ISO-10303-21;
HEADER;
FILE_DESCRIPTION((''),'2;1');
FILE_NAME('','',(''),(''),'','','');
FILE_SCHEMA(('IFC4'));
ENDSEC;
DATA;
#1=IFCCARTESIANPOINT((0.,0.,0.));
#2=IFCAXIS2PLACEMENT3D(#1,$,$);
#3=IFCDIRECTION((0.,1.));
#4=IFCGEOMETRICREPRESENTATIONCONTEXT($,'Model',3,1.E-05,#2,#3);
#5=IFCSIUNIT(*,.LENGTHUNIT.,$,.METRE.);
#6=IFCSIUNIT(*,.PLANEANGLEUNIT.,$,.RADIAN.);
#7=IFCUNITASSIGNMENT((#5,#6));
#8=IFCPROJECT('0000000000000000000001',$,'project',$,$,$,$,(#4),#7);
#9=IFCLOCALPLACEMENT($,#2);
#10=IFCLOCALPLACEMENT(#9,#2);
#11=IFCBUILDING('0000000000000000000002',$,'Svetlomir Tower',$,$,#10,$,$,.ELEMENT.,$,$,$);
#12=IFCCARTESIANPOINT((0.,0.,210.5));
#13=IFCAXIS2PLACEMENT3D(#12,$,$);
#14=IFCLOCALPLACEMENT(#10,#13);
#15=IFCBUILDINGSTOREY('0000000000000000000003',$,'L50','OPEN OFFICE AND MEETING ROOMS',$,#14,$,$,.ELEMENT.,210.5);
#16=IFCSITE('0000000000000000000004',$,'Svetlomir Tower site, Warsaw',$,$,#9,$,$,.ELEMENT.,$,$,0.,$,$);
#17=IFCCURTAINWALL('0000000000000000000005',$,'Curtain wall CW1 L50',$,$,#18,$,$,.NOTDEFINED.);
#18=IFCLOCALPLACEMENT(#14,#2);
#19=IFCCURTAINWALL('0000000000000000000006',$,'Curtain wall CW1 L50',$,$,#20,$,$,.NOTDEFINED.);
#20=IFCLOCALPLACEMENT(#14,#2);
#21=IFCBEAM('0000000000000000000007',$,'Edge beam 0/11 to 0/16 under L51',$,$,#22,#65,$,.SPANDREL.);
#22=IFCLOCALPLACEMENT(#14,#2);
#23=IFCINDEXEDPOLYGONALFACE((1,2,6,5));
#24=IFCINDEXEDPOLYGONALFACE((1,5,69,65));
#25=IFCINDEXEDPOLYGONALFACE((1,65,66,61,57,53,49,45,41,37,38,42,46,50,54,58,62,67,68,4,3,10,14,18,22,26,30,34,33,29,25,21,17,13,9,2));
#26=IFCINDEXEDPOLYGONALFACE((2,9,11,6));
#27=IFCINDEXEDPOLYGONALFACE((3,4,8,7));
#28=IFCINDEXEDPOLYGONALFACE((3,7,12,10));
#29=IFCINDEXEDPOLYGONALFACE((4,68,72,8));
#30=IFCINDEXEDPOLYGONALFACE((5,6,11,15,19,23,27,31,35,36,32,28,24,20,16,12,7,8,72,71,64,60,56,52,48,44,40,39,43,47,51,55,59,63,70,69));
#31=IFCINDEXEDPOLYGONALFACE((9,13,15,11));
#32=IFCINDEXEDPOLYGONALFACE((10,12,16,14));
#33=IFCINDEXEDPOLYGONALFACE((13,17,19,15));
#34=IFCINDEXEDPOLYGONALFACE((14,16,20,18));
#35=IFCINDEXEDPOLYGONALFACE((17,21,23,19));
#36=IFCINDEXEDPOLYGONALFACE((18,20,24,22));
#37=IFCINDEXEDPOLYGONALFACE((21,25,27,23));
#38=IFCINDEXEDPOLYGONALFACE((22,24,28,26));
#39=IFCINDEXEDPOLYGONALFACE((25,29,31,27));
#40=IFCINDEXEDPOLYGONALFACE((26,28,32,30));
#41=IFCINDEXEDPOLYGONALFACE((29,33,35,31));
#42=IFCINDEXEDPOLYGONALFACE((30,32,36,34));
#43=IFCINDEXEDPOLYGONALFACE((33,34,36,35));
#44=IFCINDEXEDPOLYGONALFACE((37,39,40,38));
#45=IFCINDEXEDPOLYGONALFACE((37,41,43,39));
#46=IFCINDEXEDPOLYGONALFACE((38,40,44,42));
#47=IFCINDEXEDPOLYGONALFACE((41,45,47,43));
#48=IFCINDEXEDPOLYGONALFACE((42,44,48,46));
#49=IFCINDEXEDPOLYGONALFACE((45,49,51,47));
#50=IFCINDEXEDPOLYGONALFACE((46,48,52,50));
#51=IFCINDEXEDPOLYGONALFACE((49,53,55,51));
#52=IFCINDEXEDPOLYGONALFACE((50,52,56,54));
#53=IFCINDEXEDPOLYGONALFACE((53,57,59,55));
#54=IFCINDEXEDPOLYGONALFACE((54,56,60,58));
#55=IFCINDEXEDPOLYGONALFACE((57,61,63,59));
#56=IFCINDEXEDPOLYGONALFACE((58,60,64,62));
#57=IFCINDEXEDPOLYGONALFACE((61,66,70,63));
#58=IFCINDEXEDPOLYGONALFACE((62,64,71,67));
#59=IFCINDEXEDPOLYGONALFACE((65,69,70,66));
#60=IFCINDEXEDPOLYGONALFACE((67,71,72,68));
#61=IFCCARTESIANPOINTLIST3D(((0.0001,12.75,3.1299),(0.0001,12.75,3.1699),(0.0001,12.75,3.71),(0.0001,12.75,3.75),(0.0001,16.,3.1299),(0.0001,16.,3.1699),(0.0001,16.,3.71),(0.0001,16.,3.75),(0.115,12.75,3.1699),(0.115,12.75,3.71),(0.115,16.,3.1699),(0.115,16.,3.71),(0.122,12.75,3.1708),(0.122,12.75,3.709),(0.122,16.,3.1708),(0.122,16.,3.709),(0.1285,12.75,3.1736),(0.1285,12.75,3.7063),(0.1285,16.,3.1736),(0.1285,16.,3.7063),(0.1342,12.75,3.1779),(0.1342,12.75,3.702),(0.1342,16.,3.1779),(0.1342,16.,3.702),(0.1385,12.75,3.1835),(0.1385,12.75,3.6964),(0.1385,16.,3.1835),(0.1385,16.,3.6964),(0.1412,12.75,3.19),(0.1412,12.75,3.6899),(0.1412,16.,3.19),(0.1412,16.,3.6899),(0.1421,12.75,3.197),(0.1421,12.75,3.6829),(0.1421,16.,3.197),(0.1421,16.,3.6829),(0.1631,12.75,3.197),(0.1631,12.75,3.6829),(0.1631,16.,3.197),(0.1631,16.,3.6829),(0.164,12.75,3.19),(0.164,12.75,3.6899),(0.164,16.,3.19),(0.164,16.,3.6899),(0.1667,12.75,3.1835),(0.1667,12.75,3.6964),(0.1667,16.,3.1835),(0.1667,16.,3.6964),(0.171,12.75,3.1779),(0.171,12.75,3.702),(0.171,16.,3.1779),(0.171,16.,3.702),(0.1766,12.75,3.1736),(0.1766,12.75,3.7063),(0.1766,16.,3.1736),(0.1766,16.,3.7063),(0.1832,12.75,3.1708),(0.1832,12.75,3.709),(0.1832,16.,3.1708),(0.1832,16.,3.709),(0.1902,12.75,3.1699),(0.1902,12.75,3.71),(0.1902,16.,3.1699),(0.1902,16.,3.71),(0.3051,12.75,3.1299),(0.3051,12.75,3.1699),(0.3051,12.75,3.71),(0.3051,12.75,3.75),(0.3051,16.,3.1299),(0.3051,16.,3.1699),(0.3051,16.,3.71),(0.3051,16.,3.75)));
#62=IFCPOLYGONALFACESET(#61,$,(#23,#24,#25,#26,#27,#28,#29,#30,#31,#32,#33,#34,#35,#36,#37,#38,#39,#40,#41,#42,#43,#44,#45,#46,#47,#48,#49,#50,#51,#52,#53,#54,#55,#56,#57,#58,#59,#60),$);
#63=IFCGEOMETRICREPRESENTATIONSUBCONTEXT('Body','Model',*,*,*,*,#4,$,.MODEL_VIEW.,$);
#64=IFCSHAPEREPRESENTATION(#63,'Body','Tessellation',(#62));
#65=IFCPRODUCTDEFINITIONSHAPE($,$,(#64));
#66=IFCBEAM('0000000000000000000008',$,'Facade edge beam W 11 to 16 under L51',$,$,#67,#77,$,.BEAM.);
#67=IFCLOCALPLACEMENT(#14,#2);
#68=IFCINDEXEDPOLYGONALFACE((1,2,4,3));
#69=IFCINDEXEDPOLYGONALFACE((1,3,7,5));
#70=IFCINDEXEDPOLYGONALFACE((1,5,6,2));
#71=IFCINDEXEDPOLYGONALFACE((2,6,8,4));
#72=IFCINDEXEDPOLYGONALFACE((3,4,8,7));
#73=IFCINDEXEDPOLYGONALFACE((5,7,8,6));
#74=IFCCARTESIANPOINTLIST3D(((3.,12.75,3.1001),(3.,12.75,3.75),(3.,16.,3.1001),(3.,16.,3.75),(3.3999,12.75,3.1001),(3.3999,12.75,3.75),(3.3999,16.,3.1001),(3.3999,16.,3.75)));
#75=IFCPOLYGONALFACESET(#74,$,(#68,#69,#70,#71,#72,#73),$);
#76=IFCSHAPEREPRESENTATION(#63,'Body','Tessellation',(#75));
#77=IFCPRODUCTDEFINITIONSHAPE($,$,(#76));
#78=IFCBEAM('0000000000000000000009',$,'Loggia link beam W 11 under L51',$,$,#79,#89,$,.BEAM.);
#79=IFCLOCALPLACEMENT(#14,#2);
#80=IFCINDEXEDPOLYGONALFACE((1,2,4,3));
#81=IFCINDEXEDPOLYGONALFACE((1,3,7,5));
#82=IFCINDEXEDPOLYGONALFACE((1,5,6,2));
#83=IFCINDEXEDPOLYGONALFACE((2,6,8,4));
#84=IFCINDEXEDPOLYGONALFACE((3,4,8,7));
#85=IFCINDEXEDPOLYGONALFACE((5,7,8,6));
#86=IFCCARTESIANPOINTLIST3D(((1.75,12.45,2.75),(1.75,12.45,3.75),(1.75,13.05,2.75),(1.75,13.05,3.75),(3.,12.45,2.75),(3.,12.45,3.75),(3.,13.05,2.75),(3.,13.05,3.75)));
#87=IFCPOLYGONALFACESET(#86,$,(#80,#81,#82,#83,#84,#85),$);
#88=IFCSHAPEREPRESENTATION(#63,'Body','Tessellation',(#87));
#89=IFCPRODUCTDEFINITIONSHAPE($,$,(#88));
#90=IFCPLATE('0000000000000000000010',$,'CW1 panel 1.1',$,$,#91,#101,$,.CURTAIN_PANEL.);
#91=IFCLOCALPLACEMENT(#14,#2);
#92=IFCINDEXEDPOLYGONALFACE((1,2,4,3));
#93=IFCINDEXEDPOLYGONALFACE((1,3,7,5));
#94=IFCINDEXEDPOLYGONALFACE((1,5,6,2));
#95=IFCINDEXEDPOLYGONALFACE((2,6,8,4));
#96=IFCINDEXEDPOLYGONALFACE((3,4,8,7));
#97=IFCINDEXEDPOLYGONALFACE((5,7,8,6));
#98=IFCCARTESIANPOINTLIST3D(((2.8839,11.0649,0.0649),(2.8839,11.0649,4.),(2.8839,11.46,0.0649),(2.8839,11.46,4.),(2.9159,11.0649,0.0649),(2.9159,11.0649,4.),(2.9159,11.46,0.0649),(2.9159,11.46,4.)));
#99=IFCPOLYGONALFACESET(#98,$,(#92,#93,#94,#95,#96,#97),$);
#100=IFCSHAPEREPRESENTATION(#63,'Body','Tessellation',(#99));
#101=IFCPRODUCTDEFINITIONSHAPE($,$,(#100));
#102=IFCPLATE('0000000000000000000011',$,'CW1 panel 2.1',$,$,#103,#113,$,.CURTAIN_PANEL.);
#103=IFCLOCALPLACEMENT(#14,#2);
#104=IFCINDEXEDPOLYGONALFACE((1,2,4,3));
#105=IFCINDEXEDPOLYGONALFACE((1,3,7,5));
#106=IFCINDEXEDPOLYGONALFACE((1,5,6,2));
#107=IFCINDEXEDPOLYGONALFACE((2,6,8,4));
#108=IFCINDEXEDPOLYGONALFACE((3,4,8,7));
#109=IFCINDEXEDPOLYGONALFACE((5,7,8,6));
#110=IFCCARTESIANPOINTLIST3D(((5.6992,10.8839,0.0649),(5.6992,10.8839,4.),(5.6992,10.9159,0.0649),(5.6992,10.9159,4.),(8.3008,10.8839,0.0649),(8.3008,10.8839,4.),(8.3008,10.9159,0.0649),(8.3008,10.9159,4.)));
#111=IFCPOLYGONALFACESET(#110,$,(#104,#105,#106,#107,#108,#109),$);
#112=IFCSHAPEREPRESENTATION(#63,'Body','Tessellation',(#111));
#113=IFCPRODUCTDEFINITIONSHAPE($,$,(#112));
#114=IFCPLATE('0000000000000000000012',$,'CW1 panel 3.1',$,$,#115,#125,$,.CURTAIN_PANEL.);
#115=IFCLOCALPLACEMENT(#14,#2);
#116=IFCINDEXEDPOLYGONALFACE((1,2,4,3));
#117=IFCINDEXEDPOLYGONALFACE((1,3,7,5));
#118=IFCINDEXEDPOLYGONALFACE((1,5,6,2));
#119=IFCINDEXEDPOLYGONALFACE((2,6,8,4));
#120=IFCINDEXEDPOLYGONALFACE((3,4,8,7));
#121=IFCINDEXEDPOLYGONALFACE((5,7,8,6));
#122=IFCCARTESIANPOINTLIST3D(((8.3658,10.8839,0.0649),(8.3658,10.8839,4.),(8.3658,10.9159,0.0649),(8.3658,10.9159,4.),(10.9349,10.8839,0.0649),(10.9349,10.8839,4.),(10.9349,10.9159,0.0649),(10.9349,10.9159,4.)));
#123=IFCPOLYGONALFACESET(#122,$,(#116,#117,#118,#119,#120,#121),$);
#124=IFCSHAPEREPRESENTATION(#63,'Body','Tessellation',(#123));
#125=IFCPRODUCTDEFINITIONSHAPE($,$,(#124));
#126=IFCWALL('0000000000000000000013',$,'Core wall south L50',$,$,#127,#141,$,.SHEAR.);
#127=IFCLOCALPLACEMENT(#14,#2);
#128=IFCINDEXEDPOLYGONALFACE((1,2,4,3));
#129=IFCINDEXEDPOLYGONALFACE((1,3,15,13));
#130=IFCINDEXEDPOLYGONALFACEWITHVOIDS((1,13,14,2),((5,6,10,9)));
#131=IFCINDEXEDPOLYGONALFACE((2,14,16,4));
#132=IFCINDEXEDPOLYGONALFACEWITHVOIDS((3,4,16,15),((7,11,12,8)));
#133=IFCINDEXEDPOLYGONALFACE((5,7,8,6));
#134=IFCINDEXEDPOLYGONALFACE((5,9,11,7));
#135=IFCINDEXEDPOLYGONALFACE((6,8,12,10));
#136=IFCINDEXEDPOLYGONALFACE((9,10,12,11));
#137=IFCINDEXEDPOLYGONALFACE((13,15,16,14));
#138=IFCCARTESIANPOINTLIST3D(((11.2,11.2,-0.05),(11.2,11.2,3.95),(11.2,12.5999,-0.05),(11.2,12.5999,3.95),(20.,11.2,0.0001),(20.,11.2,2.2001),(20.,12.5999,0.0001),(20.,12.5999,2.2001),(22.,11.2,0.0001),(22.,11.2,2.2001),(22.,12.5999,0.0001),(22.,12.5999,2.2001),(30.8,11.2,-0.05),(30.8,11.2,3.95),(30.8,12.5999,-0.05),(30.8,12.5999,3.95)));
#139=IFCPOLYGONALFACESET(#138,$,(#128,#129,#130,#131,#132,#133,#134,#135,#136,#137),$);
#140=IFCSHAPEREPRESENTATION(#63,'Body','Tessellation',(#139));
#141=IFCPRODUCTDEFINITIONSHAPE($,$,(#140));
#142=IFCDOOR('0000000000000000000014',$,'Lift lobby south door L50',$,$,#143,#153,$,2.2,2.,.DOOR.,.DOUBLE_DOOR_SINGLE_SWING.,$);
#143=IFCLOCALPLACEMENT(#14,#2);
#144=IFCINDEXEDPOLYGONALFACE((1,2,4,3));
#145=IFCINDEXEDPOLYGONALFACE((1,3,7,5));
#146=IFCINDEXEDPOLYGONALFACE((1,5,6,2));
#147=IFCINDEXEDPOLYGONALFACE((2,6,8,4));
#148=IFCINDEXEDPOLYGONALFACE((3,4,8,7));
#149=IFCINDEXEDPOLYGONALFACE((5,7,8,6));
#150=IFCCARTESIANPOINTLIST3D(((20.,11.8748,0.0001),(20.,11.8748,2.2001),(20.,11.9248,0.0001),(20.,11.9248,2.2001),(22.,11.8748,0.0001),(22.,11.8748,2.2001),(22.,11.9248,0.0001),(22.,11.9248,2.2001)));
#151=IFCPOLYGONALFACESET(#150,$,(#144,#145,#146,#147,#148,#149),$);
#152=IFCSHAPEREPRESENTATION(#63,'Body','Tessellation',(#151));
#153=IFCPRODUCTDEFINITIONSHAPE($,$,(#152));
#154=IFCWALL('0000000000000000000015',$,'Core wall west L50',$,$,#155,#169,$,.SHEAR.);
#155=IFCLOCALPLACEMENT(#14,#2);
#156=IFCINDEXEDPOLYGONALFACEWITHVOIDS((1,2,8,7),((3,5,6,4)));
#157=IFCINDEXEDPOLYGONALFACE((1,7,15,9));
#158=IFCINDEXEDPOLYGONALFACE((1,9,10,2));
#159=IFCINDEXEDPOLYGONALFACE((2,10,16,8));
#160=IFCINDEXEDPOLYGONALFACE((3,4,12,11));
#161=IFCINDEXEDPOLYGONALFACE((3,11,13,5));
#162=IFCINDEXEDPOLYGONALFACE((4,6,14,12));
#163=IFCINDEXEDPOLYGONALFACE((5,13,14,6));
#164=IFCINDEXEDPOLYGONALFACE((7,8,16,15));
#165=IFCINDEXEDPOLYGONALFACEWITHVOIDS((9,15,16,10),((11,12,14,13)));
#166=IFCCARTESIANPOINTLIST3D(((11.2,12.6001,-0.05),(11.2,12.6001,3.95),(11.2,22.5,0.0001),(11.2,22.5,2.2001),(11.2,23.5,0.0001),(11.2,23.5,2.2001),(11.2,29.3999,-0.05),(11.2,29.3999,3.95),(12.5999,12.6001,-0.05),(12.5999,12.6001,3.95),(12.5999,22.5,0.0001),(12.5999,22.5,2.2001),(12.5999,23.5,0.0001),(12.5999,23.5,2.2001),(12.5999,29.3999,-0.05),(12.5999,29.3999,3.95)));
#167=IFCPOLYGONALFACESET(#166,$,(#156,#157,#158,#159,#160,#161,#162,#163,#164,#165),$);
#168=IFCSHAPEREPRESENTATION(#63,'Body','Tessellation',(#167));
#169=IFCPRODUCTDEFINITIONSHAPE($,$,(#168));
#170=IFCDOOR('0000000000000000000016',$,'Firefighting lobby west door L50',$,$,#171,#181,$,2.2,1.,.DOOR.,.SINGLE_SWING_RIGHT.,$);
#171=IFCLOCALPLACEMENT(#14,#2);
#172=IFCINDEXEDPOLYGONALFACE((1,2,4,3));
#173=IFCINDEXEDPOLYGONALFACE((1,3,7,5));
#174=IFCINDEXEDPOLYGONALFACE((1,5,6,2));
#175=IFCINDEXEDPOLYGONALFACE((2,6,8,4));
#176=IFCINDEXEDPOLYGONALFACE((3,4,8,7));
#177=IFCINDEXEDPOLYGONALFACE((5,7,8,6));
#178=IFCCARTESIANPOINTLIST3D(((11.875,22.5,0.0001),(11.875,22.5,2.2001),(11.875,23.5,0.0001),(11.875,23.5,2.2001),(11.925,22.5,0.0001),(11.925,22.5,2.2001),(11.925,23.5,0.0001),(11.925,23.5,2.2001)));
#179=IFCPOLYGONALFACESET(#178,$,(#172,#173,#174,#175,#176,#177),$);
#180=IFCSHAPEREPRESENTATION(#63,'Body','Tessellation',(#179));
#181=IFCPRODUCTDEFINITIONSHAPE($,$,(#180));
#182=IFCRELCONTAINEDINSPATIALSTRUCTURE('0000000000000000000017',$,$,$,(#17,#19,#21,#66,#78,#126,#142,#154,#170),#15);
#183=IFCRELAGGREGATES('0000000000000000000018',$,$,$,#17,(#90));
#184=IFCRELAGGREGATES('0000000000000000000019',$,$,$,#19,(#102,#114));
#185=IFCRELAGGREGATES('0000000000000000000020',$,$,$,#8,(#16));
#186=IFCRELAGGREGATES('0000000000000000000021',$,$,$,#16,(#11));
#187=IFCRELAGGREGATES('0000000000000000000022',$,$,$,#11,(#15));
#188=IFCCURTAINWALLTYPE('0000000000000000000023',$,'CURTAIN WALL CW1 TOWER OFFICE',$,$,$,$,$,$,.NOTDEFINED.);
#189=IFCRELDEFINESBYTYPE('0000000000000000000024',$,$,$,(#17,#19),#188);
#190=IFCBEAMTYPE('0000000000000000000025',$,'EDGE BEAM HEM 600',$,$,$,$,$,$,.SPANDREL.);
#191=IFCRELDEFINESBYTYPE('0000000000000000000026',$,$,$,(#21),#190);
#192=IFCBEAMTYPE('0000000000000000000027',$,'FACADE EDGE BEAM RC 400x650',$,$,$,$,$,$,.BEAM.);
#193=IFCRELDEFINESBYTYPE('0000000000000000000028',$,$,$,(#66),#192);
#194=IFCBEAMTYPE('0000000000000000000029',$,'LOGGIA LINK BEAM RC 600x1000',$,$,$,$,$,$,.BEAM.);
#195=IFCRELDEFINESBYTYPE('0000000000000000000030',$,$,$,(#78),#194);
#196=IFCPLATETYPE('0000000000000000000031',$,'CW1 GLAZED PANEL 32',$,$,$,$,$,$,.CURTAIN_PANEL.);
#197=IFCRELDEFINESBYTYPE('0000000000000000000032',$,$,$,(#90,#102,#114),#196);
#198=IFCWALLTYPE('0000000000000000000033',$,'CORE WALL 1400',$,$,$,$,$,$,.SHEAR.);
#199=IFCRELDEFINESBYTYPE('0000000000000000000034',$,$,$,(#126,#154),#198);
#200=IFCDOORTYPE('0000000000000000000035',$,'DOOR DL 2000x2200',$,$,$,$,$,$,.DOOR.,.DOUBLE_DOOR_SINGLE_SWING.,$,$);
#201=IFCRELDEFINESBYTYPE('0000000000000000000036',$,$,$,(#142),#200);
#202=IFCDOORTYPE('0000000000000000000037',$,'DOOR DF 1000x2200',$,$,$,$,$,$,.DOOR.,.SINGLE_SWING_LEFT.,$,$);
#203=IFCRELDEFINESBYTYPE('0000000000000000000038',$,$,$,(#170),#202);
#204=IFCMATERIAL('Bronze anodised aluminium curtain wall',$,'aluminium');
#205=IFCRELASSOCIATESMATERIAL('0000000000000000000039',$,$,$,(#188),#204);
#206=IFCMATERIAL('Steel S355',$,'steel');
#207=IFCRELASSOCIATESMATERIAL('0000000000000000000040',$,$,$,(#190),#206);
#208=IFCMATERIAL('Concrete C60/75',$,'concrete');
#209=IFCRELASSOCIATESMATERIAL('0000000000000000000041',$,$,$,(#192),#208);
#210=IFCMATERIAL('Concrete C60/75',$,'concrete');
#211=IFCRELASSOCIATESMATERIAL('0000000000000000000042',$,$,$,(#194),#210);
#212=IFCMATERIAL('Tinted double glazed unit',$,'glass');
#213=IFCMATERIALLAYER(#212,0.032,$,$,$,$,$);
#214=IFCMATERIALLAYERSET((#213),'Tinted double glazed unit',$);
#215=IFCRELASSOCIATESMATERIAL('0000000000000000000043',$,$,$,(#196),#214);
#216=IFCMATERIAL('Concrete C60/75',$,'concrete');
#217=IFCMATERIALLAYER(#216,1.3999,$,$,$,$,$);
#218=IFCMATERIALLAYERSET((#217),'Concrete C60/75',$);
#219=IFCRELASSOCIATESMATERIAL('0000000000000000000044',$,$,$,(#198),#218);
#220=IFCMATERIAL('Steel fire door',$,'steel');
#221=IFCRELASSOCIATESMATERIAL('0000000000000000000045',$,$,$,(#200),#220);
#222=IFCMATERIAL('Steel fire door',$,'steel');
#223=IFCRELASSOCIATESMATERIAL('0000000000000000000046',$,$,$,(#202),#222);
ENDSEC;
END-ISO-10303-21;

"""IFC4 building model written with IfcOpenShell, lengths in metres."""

from ifc_helpers import new_model, si_unit, direction, frame, frame_2d, origin, origin_2d, place, context, subcontext, project, spatial, rectangle, i_section, extrude, material, layer, layer_set, material_profile, profile_set, type_object, element, fill, aggregate, save


model = new_model("IFC4")

# Units and contexts
model_context = context("Model", 3, precision=1e-05, world=origin(), true_north=direction((0.0, 1.0)))
body_context = subcontext(model_context, "Body", "Model", "MODEL_VIEW")
ifc_project = project(units=[si_unit("LENGTHUNIT", "METRE"), si_unit("PLANEANGLEUNIT", "RADIAN")], contexts=[model_context])

# Site, building, storey
site_placement = place(None, origin())
site = spatial("IfcSite", under=ifc_project, at=site_placement, Name="Svetlomir Tower site, Warsaw", CompositionType="ELEMENT", RefElevation=0.0)
building_placement = place(site_placement, origin())
building = spatial("IfcBuilding", under=site, at=building_placement, Name="Svetlomir Tower", CompositionType="ELEMENT")
storey_placement = place(building_placement, frame((0.0, 0.0, 210.5)))
storey = spatial("IfcBuildingStorey", under=building, at=storey_placement, Name="L50", Description="OPEN OFFICE AND MEETING ROOMS", CompositionType="ELEMENT", Elevation=210.5)

# Shared definitions
ifc_material_1 = material(Name="Bronze anodised aluminium curtain wall", Category="aluminium")
curtain_wall_type = type_object("IfcCurtainWallType", Name="CURTAIN WALL CW1 TOWER OFFICE", PredefinedType="NOTDEFINED", material=ifc_material_1)

# Curtain walls
curtain_wall_1_placement = place(storey_placement, origin())
curtain_wall_1 = element("IfcCurtainWall", 1, at=curtain_wall_1_placement, inside=storey, type_object=curtain_wall_type, Name="Curtain wall CW1 L50", PredefinedType="NOTDEFINED")
curtain_wall_2_placement = place(storey_placement, origin())
curtain_wall_2 = element("IfcCurtainWall", 2, at=curtain_wall_2_placement, inside=storey, type_object=curtain_wall_type, Name="Curtain wall CW1 L50", PredefinedType="NOTDEFINED")

# Beams
ifc_material_2 = material(Name="Steel S355", Category="steel")
ifc_material_profile_1 = material_profile(ifc_material_2, i_section(OverallWidth=0.3049, OverallDepth=0.6201, WebThickness=0.021, FlangeThickness=0.04, FilletRadius=0.0271, at=origin_2d()), Name="HEM 600")
ifc_profile_set_1 = profile_set([ifc_material_profile_1], Name="Steel S355")
beam_type_1 = type_object("IfcBeamType", Name="EDGE BEAM HEM 600", PredefinedType="SPANDREL", material=ifc_profile_set_1)
beam_1_placement = place(storey_placement, frame((0.1526, 12.75, 3.4399), z_axis=(0.0, 1.0, 0.0), x_axis=(-1.0, 0.0, 0.0)))
element("IfcBeam", 3, at=beam_1_placement, inside=storey, type_object=beam_type_1, Name="Edge beam 0/11 to 0/16 under L51", PredefinedType="SPANDREL", context=body_context, shape_type="SweptSolid", body=[
    extrude(i_section(OverallWidth=0.3049, OverallDepth=0.6201, WebThickness=0.021, FlangeThickness=0.04, FilletRadius=0.0271, at=origin_2d()), origin(), (0.0, 0.0, 1.0), 3.25),
])
ifc_material_3 = material(Name="Concrete C60/75", Category="concrete")
ifc_material_profile_2 = material_profile(ifc_material_3, rectangle(XDim=0.3999, YDim=0.6499, at=origin_2d()), Name="RC 400x650")
ifc_profile_set_2 = profile_set([ifc_material_profile_2], Name="Concrete C60/75")
beam_type_2 = type_object("IfcBeamType", Name="FACADE EDGE BEAM RC 400x650", PredefinedType="BEAM", material=ifc_profile_set_2)
beam_2_placement = place(storey_placement, frame((3.2, 12.75, 3.425), z_axis=(0.0, 1.0, 0.0), x_axis=(-1.0, 0.0, 0.0)))
element("IfcBeam", 4, at=beam_2_placement, inside=storey, type_object=beam_type_2, Name="Facade edge beam W 11 to 16 under L51", PredefinedType="BEAM", context=body_context, shape_type="SweptSolid", body=[
    extrude(rectangle(XDim=0.3999, YDim=0.6499, at=origin_2d()), origin(), (0.0, 0.0, 1.0), 3.25),
])
ifc_material_4 = material(Name="Concrete C60/75", Category="concrete")
ifc_material_profile_3 = material_profile(ifc_material_4, rectangle(XDim=0.6001, YDim=1.0, at=origin_2d()), Name="RC 600x1000")
ifc_profile_set_3 = profile_set([ifc_material_profile_3], Name="Concrete C60/75")
beam_type_3 = type_object("IfcBeamType", Name="LOGGIA LINK BEAM RC 600x1000", PredefinedType="BEAM", material=ifc_profile_set_3)
beam_3_placement = place(storey_placement, frame((1.75, 12.75, 3.25), z_axis=(1.0, 0.0, 0.0), x_axis=(0.0, 1.0, 0.0)))
element("IfcBeam", 5, at=beam_3_placement, inside=storey, type_object=beam_type_3, Name="Loggia link beam W 11 under L51", PredefinedType="BEAM", context=body_context, shape_type="SweptSolid", body=[
    extrude(rectangle(XDim=0.6001, YDim=1.0, at=origin_2d()), origin(), (0.0, 0.0, 1.0), 1.25),
])

# Plates
ifc_material_5 = material(Name="Tinted double glazed unit", Category="glass")
ifc_layer_1 = layer(ifc_material_5, 0.032)
ifc_layer_set_1 = layer_set([ifc_layer_1], Name="Tinted double glazed unit")
plate_type = type_object("IfcPlateType", Name="CW1 GLAZED PANEL 32", PredefinedType="CURTAIN_PANEL", material=ifc_layer_set_1)
plate_1_placement = place(storey_placement, frame((2.8999, 11.2625, 0.0649), z_axis=(0.0, 0.0, 1.0), x_axis=(0.0, -1.0, 0.0)))
plate_1 = element("IfcPlate", 6, at=plate_1_placement, type_object=plate_type, Name="CW1 panel 1.1", PredefinedType="CURTAIN_PANEL", context=body_context, shape_type="SweptSolid", body=[
    extrude(rectangle(XDim=0.395, YDim=0.032, at=origin_2d()), origin(), (0.0, 0.0, 1.0), 3.9351),
])
aggregate(curtain_wall_1, [plate_1])
plate_2_placement = place(storey_placement, frame((7.0, 10.8999, 0.0649), z_axis=(0.0, 0.0, 1.0), x_axis=(1.0, 0.0, 0.0)))
plate_2 = element("IfcPlate", 7, at=plate_2_placement, type_object=plate_type, Name="CW1 panel 2.1", PredefinedType="CURTAIN_PANEL", context=body_context, shape_type="SweptSolid", body=[
    extrude(rectangle(XDim=2.6016, YDim=0.032, at=origin_2d()), origin(), (0.0, 0.0, 1.0), 3.9351),
])
plate_3_placement = place(storey_placement, frame((9.6504, 10.8999, 0.0649), z_axis=(0.0, 0.0, 1.0), x_axis=(1.0, 0.0, 0.0)))
plate_3 = element("IfcPlate", 8, at=plate_3_placement, type_object=plate_type, Name="CW1 panel 3.1", PredefinedType="CURTAIN_PANEL", context=body_context, shape_type="SweptSolid", body=[
    extrude(rectangle(XDim=2.5691, YDim=0.032, at=origin_2d()), origin(), (0.0, 0.0, 1.0), 3.9351),
])
aggregate(curtain_wall_2, [plate_2, plate_3])

# Walls, openings, doors
ifc_material_6 = material(Name="Concrete C60/75", Category="concrete")
ifc_layer_2 = layer(ifc_material_6, 1.3999)
ifc_layer_set_2 = layer_set([ifc_layer_2], Name="Concrete C60/75")
wall_type_1 = type_object("IfcWallType", Name="CORE WALL 1400", PredefinedType="SHEAR", material=ifc_layer_set_2)
wall_1_placement = place(storey_placement, frame((11.2, 11.8999, -0.05), z_axis=(0.0, 0.0, 1.0), x_axis=(1.0, 0.0, 0.0)))
wall_1 = element("IfcWall", 9, at=wall_1_placement, inside=storey, type_object=wall_type_1, Name="Core wall south L50", PredefinedType="SHEAR", context=body_context, shape_type="SweptSolid", body=[
    extrude(rectangle(XDim=19.6001, YDim=1.3999, at=frame_2d((9.8, 0.0))), origin(), (0.0, 0.0, 1.0), 4.0),
])
opening_1_placement = place(wall_1_placement, frame((8.8, 0.0, 0.05)))
opening_1 = element("IfcOpeningElement", 10, at=opening_1_placement, cuts=wall_1, PredefinedType="OPENING", context=body_context, shape_type="SweptSolid", body=[
    extrude(rectangle(XDim=2.0, YDim=2.2, at=frame_2d((1.0, 1.1001))), frame((0.0, 0.71, 0.0), z_axis=(0.0, -1.0, 0.0), x_axis=(1.0, 0.0, 0.0)), (0.0, 0.0, 1.0), 1.4199),
])
ifc_material_7 = material(Name="Steel fire door", Category="steel")
door_type_1 = type_object("IfcDoorType", Name="DOOR DL 2000x2200", OperationType="DOUBLE_DOOR_SINGLE_SWING", PredefinedType="DOOR", material=ifc_material_7)
door_1_placement = place(opening_1_placement, origin())
door_1 = element("IfcDoor", 11, at=door_1_placement, inside=storey, type_object=door_type_1, Name="Lift lobby south door L50", OperationType="DOUBLE_DOOR_SINGLE_SWING", OverallHeight=2.2, OverallWidth=2.0, PredefinedType="DOOR", context=body_context, shape_type="SweptSolid", body=[
    extrude(rectangle(XDim=2.0, YDim=2.2, at=frame_2d((1.0, 1.1001))), frame((0.0, 0.0249, 0.0), z_axis=(0.0, -1.0, 0.0), x_axis=(1.0, 0.0, 0.0)), (0.0, 0.0, 1.0), 0.05),
])
fill(opening_1, door_1)
wall_2_placement = place(storey_placement, frame((11.8999, 12.6001, -0.05), z_axis=(0.0, 0.0, 1.0), x_axis=(0.0, 1.0, 0.0)))
wall_2 = element("IfcWall", 12, at=wall_2_placement, inside=storey, type_object=wall_type_1, Name="Core wall west L50", PredefinedType="SHEAR", context=body_context, shape_type="SweptSolid", body=[
    extrude(rectangle(XDim=16.7998, YDim=1.3999, at=frame_2d((8.3999, 0.0))), origin(), (0.0, 0.0, 1.0), 4.0),
])
opening_2_placement = place(wall_2_placement, frame((9.8999, 0.0, 0.05)))
opening_2 = element("IfcOpeningElement", 13, at=opening_2_placement, cuts=wall_2, PredefinedType="OPENING", context=body_context, shape_type="SweptSolid", body=[
    extrude(rectangle(XDim=1.0, YDim=2.2, at=frame_2d((0.5, 1.1001))), frame((0.0, 0.71, 0.0), z_axis=(0.0, -1.0, 0.0), x_axis=(1.0, 0.0, 0.0)), (0.0, 0.0, 1.0), 1.4199),
])
ifc_material_8 = material(Name="Steel fire door", Category="steel")
door_type_2 = type_object("IfcDoorType", Name="DOOR DF 1000x2200", OperationType="SINGLE_SWING_LEFT", PredefinedType="DOOR", material=ifc_material_8)
door_2_placement = place(opening_2_placement, origin())
door_2 = element("IfcDoor", 14, at=door_2_placement, inside=storey, type_object=door_type_2, Name="Firefighting lobby west door L50", OperationType="SINGLE_SWING_RIGHT", OverallHeight=2.2, OverallWidth=1.0, PredefinedType="DOOR", context=body_context, shape_type="SweptSolid", body=[
    extrude(rectangle(XDim=1.0, YDim=2.2, at=frame_2d((0.5, 1.1001))), frame((0.0, 0.0249, 0.0), z_axis=(0.0, -1.0, 0.0), x_axis=(1.0, 0.0, 0.0)), (0.0, 0.0, 1.0), 0.05),
])
fill(opening_2, door_2)

save(model, "model.ifc")
